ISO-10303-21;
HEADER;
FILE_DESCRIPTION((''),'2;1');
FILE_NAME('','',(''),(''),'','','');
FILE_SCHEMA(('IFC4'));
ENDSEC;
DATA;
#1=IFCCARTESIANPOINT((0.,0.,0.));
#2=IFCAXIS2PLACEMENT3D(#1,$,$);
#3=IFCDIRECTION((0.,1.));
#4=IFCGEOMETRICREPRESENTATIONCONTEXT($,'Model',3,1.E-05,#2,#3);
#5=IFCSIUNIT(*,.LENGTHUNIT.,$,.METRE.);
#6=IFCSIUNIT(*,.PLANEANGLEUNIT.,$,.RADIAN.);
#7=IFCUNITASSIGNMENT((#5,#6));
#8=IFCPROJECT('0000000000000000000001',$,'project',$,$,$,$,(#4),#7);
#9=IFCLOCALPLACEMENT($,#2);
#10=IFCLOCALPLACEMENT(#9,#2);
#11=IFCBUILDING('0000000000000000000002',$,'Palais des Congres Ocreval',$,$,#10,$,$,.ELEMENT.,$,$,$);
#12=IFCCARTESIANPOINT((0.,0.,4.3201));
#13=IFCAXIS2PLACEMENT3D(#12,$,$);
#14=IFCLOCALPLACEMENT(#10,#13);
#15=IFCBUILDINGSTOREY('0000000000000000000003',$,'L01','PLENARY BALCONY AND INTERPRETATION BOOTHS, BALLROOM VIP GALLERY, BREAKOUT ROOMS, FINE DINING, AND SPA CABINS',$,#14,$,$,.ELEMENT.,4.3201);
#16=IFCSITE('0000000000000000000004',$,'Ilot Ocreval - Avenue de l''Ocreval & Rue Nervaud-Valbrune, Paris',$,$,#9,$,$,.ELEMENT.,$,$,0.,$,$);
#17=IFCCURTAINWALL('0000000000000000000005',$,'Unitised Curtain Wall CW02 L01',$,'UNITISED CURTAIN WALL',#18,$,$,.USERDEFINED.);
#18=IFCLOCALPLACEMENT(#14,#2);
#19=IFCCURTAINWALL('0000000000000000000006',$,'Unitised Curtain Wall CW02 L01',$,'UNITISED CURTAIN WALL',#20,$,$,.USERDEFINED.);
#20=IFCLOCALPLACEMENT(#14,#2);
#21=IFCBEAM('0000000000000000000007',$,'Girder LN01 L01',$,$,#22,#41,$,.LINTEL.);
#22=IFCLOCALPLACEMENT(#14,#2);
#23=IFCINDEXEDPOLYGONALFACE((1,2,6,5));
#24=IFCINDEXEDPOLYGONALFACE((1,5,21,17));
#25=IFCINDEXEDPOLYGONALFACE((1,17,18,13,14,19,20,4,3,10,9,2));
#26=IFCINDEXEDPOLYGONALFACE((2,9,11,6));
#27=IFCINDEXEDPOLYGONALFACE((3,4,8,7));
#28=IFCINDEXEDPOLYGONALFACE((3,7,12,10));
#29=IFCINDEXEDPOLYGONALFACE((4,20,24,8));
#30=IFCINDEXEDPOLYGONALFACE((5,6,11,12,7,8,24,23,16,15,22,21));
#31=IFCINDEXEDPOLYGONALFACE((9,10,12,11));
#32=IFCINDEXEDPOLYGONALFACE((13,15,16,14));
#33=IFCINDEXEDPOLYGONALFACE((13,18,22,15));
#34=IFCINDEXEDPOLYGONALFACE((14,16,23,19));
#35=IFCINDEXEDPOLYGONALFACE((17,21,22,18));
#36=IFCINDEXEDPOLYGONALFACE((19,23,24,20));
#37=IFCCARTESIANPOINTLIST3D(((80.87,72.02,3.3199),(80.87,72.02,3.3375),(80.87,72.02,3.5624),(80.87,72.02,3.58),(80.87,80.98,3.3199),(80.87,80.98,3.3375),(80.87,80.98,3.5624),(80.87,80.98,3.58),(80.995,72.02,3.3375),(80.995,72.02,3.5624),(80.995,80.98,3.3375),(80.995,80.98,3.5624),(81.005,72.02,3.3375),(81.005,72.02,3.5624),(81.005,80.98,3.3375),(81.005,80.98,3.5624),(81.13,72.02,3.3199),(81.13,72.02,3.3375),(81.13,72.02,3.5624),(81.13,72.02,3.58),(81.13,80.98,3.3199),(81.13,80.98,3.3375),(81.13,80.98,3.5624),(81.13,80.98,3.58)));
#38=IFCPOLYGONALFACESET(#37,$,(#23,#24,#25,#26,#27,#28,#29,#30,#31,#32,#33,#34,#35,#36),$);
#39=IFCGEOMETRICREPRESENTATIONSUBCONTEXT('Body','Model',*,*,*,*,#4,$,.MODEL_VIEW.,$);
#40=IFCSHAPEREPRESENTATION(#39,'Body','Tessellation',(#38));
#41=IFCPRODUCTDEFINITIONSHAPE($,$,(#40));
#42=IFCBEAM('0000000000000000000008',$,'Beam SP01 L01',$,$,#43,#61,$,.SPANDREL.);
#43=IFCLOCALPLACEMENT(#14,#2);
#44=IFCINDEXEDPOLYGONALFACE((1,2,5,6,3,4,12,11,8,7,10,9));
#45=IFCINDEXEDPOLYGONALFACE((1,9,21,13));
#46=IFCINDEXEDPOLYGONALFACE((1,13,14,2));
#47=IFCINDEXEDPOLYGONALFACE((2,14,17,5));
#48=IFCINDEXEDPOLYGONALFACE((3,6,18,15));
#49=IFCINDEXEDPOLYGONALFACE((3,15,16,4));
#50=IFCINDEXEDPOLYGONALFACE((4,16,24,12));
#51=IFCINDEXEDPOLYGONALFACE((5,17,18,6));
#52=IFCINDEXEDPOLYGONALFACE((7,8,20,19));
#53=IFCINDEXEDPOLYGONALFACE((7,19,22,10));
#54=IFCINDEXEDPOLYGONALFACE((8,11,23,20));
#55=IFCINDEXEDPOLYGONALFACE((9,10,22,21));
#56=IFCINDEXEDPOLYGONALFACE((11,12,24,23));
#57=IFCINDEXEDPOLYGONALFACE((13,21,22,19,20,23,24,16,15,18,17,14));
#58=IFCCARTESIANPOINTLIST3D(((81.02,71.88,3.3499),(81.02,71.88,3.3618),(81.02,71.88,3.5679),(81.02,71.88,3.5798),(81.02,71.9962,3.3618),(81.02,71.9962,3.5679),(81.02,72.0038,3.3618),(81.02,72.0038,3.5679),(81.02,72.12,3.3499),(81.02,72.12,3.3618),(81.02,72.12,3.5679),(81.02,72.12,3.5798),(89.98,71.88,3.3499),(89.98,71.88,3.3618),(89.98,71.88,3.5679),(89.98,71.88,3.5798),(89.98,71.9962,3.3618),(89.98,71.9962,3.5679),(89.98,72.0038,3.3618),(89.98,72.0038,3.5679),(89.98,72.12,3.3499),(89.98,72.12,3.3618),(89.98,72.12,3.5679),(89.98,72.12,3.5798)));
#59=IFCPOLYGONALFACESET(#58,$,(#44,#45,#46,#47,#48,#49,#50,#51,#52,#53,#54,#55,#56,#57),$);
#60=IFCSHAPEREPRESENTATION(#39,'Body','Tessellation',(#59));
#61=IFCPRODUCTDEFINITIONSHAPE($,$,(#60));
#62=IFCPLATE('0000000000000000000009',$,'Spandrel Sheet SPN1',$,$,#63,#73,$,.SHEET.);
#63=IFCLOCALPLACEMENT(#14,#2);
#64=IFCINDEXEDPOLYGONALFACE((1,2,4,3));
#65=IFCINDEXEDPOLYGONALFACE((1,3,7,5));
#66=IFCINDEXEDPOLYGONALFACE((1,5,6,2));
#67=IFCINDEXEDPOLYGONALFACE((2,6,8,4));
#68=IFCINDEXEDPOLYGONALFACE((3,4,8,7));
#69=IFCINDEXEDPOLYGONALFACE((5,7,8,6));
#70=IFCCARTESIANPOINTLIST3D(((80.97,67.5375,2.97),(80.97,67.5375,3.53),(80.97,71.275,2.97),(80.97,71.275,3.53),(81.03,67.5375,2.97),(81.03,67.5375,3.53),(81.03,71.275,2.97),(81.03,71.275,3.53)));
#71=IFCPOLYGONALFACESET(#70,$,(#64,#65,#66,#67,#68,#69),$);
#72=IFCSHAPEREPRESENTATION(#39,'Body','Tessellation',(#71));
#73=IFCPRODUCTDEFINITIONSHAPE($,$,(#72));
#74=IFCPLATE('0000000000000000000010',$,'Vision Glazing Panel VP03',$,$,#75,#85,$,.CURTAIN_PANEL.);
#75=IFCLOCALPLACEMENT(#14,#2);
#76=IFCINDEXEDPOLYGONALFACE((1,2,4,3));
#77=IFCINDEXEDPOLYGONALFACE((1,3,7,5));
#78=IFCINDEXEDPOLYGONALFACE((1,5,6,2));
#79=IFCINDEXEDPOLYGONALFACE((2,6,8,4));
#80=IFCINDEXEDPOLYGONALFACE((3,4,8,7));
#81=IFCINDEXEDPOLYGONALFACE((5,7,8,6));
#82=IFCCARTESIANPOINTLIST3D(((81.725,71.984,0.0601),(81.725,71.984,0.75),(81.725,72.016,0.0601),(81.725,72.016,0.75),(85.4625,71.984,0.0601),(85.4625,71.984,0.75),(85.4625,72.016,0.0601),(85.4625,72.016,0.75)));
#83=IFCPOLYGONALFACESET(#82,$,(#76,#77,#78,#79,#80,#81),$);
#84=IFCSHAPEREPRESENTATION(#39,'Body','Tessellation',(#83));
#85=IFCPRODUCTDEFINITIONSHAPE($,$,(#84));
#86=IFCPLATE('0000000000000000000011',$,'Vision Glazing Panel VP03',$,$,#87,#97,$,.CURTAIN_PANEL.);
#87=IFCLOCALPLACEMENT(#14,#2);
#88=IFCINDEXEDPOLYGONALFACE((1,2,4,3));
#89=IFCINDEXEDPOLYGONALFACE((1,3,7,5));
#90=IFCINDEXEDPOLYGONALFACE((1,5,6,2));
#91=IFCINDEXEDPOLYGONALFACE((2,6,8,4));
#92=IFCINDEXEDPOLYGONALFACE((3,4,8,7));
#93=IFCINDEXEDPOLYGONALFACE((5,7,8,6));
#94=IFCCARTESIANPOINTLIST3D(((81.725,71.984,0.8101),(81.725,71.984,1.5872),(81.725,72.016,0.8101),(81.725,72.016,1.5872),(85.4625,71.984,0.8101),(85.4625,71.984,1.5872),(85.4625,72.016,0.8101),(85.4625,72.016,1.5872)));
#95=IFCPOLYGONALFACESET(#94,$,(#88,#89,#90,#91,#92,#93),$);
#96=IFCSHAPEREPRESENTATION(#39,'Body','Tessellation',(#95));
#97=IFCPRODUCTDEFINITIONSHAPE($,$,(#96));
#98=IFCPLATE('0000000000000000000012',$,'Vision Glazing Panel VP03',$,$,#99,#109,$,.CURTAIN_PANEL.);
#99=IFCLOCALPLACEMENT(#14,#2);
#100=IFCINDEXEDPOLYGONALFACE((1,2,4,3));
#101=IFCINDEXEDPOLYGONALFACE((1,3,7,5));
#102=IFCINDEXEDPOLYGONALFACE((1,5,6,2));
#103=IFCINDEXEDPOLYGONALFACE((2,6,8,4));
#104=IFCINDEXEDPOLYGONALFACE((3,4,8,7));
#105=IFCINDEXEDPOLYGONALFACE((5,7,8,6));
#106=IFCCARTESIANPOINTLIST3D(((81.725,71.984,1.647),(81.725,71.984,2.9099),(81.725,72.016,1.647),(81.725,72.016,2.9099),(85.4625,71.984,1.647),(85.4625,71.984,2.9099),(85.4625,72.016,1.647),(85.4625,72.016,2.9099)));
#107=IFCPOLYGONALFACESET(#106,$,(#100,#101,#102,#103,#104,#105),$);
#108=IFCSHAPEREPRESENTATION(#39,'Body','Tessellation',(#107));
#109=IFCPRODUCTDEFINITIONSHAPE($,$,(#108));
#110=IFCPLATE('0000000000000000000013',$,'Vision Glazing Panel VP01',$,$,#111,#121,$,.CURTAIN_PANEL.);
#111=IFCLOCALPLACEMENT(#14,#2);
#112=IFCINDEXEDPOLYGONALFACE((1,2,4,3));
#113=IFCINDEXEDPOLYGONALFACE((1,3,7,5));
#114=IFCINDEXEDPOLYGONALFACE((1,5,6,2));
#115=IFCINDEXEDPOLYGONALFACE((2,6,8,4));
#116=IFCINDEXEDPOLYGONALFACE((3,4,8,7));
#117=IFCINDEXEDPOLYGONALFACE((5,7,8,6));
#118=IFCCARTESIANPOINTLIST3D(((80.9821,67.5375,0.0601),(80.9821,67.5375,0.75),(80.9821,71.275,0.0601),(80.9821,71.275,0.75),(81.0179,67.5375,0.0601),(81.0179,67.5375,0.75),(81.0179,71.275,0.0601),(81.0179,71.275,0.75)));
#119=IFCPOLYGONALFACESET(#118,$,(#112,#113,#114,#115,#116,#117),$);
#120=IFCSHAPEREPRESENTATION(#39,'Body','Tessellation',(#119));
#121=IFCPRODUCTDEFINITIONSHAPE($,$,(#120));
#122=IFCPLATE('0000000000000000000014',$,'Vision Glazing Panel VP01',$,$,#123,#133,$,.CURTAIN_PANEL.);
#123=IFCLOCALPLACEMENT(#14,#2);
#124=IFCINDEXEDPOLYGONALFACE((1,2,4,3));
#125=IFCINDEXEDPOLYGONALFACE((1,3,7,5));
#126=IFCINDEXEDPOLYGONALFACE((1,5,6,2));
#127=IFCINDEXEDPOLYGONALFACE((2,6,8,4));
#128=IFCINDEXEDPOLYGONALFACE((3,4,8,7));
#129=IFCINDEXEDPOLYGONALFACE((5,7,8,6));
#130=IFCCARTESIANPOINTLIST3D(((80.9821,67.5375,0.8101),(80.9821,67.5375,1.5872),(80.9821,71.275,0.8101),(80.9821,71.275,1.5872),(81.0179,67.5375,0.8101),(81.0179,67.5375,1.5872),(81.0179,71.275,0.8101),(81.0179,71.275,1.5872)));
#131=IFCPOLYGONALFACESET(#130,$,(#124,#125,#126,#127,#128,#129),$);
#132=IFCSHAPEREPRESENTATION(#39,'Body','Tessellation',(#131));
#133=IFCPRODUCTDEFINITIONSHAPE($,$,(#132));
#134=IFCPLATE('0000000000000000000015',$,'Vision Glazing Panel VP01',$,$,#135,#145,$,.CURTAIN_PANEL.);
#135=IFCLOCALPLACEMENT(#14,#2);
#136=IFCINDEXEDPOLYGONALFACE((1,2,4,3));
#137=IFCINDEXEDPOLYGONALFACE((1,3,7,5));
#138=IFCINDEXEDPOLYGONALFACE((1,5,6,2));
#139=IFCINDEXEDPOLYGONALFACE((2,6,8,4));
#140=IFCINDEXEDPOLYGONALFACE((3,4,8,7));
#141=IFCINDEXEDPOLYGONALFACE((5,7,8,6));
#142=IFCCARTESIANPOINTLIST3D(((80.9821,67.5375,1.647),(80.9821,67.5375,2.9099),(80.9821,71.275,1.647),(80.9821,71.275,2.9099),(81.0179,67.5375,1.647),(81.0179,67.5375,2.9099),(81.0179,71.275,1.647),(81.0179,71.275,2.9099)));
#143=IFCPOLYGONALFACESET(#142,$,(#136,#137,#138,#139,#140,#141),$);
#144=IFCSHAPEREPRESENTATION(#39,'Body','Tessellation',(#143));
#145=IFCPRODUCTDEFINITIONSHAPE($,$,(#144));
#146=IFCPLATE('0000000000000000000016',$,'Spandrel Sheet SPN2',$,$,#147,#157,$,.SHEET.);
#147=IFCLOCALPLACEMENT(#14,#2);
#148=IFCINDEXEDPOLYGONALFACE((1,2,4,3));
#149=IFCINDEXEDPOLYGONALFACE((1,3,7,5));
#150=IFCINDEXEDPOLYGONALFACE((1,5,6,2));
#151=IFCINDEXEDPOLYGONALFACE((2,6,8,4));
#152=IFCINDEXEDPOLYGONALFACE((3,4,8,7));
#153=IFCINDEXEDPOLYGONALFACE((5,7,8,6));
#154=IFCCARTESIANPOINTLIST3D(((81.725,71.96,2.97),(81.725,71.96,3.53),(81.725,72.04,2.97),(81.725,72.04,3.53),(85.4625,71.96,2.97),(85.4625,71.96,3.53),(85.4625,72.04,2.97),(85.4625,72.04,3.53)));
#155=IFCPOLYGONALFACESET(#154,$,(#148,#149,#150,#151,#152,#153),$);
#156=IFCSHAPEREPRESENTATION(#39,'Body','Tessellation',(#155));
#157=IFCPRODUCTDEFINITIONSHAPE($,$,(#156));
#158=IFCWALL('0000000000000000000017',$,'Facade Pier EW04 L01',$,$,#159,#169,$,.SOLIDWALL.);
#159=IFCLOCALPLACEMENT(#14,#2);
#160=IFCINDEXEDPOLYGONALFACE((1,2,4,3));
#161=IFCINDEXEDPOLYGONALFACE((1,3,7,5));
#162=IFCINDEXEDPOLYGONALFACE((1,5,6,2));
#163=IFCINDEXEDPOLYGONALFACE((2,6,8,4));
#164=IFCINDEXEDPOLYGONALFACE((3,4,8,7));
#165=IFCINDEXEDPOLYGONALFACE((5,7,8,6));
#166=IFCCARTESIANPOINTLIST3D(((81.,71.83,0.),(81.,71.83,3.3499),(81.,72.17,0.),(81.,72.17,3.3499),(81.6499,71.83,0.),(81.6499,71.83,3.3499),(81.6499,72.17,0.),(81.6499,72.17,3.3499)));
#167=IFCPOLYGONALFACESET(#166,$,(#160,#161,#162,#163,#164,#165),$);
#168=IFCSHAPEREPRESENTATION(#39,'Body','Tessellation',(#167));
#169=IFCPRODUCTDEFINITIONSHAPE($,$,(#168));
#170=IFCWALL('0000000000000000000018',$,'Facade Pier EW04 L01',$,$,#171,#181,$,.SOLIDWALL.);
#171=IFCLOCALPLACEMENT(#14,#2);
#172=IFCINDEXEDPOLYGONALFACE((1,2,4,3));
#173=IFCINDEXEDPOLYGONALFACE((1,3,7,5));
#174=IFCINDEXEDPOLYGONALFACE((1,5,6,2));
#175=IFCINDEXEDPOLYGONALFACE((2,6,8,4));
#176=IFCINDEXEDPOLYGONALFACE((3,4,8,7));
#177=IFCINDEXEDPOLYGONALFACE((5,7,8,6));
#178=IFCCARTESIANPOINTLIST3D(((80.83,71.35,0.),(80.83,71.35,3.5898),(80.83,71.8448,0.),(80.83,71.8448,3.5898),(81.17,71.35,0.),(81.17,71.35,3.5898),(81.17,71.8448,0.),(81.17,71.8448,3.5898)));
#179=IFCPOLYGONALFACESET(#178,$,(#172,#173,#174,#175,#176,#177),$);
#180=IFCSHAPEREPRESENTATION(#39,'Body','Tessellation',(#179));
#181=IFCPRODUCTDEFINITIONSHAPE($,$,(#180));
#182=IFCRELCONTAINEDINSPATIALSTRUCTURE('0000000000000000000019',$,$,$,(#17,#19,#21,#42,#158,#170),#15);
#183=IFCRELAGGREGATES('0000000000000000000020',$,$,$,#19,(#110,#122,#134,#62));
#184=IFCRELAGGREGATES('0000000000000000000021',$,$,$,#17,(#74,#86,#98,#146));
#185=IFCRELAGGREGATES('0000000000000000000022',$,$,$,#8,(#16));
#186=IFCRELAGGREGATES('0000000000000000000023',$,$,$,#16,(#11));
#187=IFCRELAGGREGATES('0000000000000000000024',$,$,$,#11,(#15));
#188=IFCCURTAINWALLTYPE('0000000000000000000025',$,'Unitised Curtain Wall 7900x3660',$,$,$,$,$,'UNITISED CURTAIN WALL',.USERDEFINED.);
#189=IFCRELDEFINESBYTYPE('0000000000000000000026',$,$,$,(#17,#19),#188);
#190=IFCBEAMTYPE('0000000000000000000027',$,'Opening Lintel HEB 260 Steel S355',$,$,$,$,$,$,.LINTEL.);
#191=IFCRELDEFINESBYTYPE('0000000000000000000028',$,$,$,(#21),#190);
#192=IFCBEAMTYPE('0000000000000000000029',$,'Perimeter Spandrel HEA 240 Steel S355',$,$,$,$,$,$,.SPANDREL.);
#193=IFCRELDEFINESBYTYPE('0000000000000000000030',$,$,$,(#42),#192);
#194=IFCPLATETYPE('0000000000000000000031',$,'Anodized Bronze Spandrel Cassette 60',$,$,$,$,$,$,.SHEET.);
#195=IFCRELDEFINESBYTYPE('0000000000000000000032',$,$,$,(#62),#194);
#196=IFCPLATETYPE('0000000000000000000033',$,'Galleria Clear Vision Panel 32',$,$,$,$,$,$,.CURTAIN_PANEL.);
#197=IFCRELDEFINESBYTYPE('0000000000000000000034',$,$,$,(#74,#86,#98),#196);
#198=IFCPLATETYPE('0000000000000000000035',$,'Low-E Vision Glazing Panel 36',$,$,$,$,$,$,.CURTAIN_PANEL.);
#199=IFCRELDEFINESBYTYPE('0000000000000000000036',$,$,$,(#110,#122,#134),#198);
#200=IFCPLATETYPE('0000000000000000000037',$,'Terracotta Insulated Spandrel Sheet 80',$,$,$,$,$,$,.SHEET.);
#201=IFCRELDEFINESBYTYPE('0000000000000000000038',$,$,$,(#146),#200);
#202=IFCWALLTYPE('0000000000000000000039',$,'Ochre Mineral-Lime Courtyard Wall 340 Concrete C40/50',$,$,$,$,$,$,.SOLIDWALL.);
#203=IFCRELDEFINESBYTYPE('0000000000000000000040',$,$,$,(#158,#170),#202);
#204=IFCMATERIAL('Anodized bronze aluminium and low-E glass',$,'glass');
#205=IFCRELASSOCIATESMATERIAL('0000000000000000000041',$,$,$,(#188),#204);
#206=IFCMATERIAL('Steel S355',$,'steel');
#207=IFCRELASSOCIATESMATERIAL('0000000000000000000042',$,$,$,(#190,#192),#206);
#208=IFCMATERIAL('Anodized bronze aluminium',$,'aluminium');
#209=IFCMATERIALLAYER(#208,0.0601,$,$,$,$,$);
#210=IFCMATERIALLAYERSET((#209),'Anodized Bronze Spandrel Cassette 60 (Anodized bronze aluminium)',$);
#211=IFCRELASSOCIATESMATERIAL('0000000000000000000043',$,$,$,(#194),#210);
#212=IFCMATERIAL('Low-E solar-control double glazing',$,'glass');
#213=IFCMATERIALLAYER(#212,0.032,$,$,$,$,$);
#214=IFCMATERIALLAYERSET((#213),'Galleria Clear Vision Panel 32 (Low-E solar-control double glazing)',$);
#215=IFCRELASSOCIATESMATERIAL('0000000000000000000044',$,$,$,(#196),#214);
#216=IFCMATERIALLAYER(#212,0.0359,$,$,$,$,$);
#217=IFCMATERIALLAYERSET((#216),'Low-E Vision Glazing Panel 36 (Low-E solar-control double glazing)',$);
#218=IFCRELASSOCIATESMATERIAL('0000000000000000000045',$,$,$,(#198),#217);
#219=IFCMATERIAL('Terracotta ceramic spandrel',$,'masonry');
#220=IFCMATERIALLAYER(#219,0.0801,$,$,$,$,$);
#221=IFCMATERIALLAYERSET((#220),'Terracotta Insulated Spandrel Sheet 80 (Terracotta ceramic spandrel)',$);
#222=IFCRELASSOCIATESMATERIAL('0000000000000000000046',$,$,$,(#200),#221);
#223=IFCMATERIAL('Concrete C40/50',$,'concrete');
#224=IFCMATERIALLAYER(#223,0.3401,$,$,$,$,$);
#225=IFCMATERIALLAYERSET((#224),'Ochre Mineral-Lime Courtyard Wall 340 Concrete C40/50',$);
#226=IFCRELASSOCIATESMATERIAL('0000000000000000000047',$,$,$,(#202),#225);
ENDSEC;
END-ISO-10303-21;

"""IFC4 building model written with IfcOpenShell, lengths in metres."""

from ifc_helpers import new_model, si_unit, direction, frame, frame_2d, origin, origin_2d, place, context, subcontext, project, spatial, rectangle, i_section, extrude, material, layer, layer_set, material_profile, profile_set, type_object, element, aggregate, save


model = new_model("IFC4")

# Units and contexts
model_context = context("Model", 3, precision=1e-05, world=origin(), true_north=direction((0.0, 1.0)))
body_context = subcontext(model_context, "Body", "Model", "MODEL_VIEW")
ifc_project = project(units=[si_unit("LENGTHUNIT", "METRE"), si_unit("PLANEANGLEUNIT", "RADIAN")], contexts=[model_context])

# Site, building, storey
site_placement = place(None, origin())
site = spatial("IfcSite", under=ifc_project, at=site_placement, Name="Ilot Ocreval - Avenue de l'Ocreval & Rue Nervaud-Valbrune, Paris", CompositionType="ELEMENT", RefElevation=0.0)
building_placement = place(site_placement, origin())
building = spatial("IfcBuilding", under=site, at=building_placement, Name="Palais des Congres Ocreval", CompositionType="ELEMENT")
storey_placement = place(building_placement, frame((0.0, 0.0, 4.3201)))
storey = spatial("IfcBuildingStorey", under=building, at=storey_placement, Name="L01", Description="PLENARY BALCONY AND INTERPRETATION BOOTHS, BALLROOM VIP GALLERY, BREAKOUT ROOMS, FINE DINING, AND SPA CABINS", CompositionType="ELEMENT", Elevation=4.3201)

# Shared definitions
ifc_material_1 = material(Name="Steel S355", Category="steel")

# Curtain wall
ifc_material_2 = material(Name="Anodized bronze aluminium and low-E glass", Category="glass")
curtain_wall_type = type_object("IfcCurtainWallType", Name="Unitised Curtain Wall 7900x3660", ElementType="UNITISED CURTAIN WALL", PredefinedType="USERDEFINED", material=ifc_material_2)
curtain_wall_1_placement = place(storey_placement, origin())
curtain_wall_1 = element("IfcCurtainWall", 1, at=curtain_wall_1_placement, inside=storey, type_object=curtain_wall_type, Name="Unitised Curtain Wall CW02 L01", ObjectType="UNITISED CURTAIN WALL", PredefinedType="USERDEFINED")
ifc_material_3 = material(Name="Anodized bronze aluminium", Category="aluminium")

# Curtain wall
curtain_wall_2_placement = place(storey_placement, origin())
curtain_wall_2 = element("IfcCurtainWall", 2, at=curtain_wall_2_placement, inside=storey, type_object=curtain_wall_type, Name="Unitised Curtain Wall CW02 L01", ObjectType="UNITISED CURTAIN WALL", PredefinedType="USERDEFINED")

# Beams
ifc_material_profile_1 = material_profile(ifc_material_1, i_section(OverallWidth=0.26, OverallDepth=0.26, WebThickness=0.01, FlangeThickness=0.0176, at=origin_2d()), Name="HEB 260")
ifc_profile_set_1 = profile_set([ifc_material_profile_1], Name="Steel S355")
beam_type_1 = type_object("IfcBeamType", Name="Opening Lintel HEB 260 Steel S355", PredefinedType="LINTEL", material=ifc_profile_set_1)
beam_1_placement = place(storey_placement, frame((81.0, 72.02, 3.45), z_axis=(0.0, 1.0, 0.0), x_axis=(-1.0, 0.0, 0.0)))
element("IfcBeam", 3, at=beam_1_placement, inside=storey, type_object=beam_type_1, Name="Girder LN01 L01", PredefinedType="LINTEL", context=body_context, shape_type="SweptSolid", body=[
    extrude(i_section(OverallWidth=0.26, OverallDepth=0.26, WebThickness=0.01, FlangeThickness=0.0176, at=origin_2d()), origin(), (0.0, 0.0, 1.0), 8.96),
])
ifc_material_profile_2 = material_profile(ifc_material_1, i_section(OverallWidth=0.24, OverallDepth=0.23, WebThickness=0.0076, FlangeThickness=0.012, at=origin_2d()), Name="HEA 240")
ifc_profile_set_2 = profile_set([ifc_material_profile_2], Name="Steel S355")
beam_type_2 = type_object("IfcBeamType", Name="Perimeter Spandrel HEA 240 Steel S355", PredefinedType="SPANDREL", material=ifc_profile_set_2)
beam_2_placement = place(storey_placement, frame((81.02, 72.0, 3.4648), z_axis=(1.0, 0.0, 0.0), x_axis=(0.0, 1.0, 0.0)))
element("IfcBeam", 4, at=beam_2_placement, inside=storey, type_object=beam_type_2, Name="Beam SP01 L01", PredefinedType="SPANDREL", context=body_context, shape_type="SweptSolid", body=[
    extrude(i_section(OverallWidth=0.24, OverallDepth=0.23, WebThickness=0.0076, FlangeThickness=0.012, at=origin_2d()), origin(), (0.0, 0.0, 1.0), 8.96),
])

# Plates
ifc_layer_1 = layer(ifc_material_3, 0.0601)
ifc_layer_set_1 = layer_set([ifc_layer_1], Name="Anodized Bronze Spandrel Cassette 60 (Anodized bronze aluminium)")
plate_type_1 = type_object("IfcPlateType", Name="Anodized Bronze Spandrel Cassette 60", PredefinedType="SHEET", material=ifc_layer_set_1)
plate_1_placement = place(storey_placement, frame((81.0, 69.4062, 2.97), z_axis=(0.0, 0.0, 1.0), x_axis=(0.0, -1.0, 0.0)))
plate_1 = element("IfcPlate", 5, at=plate_1_placement, type_object=plate_type_1, Name="Spandrel Sheet SPN1", PredefinedType="SHEET", context=body_context, shape_type="SweptSolid", body=[
    extrude(rectangle(XDim=3.7375, YDim=0.0601, at=origin_2d()), origin(), (0.0, 0.0, 1.0), 0.5601),
])
ifc_material_4 = material(Name="Low-E solar-control double glazing", Category="glass")
ifc_layer_2 = layer(ifc_material_4, 0.032)
ifc_layer_set_2 = layer_set([ifc_layer_2], Name="Galleria Clear Vision Panel 32 (Low-E solar-control double glazing)")
plate_type_2 = type_object("IfcPlateType", Name="Galleria Clear Vision Panel 32", PredefinedType="CURTAIN_PANEL", material=ifc_layer_set_2)
plate_2_placement = place(storey_placement, frame((83.5938, 72.0, 0.0601), z_axis=(0.0, 0.0, 1.0), x_axis=(-1.0, 0.0, 0.0)))
plate_2 = element("IfcPlate", 6, at=plate_2_placement, type_object=plate_type_2, Name="Vision Glazing Panel VP03", PredefinedType="CURTAIN_PANEL", context=body_context, shape_type="SweptSolid", body=[
    extrude(rectangle(XDim=3.7375, YDim=0.032, at=origin_2d()), origin(), (0.0, 0.0, 1.0), 0.6899),
])
plate_3_placement = place(storey_placement, frame((83.5938, 72.0, 0.8101), z_axis=(0.0, 0.0, 1.0), x_axis=(-1.0, 0.0, 0.0)))
plate_3 = element("IfcPlate", 7, at=plate_3_placement, type_object=plate_type_2, Name="Vision Glazing Panel VP03", PredefinedType="CURTAIN_PANEL", context=body_context, shape_type="SweptSolid", body=[
    extrude(rectangle(XDim=3.7375, YDim=0.032, at=origin_2d()), origin(), (0.0, 0.0, 1.0), 0.7771),
])
plate_4_placement = place(storey_placement, frame((83.5938, 72.0, 1.647), z_axis=(0.0, 0.0, 1.0), x_axis=(-1.0, 0.0, 0.0)))
plate_4 = element("IfcPlate", 8, at=plate_4_placement, type_object=plate_type_2, Name="Vision Glazing Panel VP03", PredefinedType="CURTAIN_PANEL", context=body_context, shape_type="SweptSolid", body=[
    extrude(rectangle(XDim=3.7375, YDim=0.032, at=origin_2d()), origin(), (0.0, 0.0, 1.0), 1.2629),
])
ifc_layer_3 = layer(ifc_material_4, 0.0359)
ifc_layer_set_3 = layer_set([ifc_layer_3], Name="Low-E Vision Glazing Panel 36 (Low-E solar-control double glazing)")
plate_type_3 = type_object("IfcPlateType", Name="Low-E Vision Glazing Panel 36", PredefinedType="CURTAIN_PANEL", material=ifc_layer_set_3)
plate_5_placement = place(storey_placement, frame((81.0, 69.4062, 0.0601), z_axis=(0.0, 0.0, 1.0), x_axis=(0.0, -1.0, 0.0)))
plate_5 = element("IfcPlate", 9, at=plate_5_placement, type_object=plate_type_3, Name="Vision Glazing Panel VP01", PredefinedType="CURTAIN_PANEL", context=body_context, shape_type="SweptSolid", body=[
    extrude(rectangle(XDim=3.7375, YDim=0.0359, at=origin_2d()), origin(), (0.0, 0.0, 1.0), 0.6899),
])
plate_6_placement = place(storey_placement, frame((81.0, 69.4062, 0.8101), z_axis=(0.0, 0.0, 1.0), x_axis=(0.0, -1.0, 0.0)))
plate_6 = element("IfcPlate", 10, at=plate_6_placement, type_object=plate_type_3, Name="Vision Glazing Panel VP01", PredefinedType="CURTAIN_PANEL", context=body_context, shape_type="SweptSolid", body=[
    extrude(rectangle(XDim=3.7375, YDim=0.0359, at=origin_2d()), origin(), (0.0, 0.0, 1.0), 0.7771),
])
plate_7_placement = place(storey_placement, frame((81.0, 69.4062, 1.647), z_axis=(0.0, 0.0, 1.0), x_axis=(0.0, -1.0, 0.0)))
plate_7 = element("IfcPlate", 11, at=plate_7_placement, type_object=plate_type_3, Name="Vision Glazing Panel VP01", PredefinedType="CURTAIN_PANEL", context=body_context, shape_type="SweptSolid", body=[
    extrude(rectangle(XDim=3.7375, YDim=0.0359, at=origin_2d()), origin(), (0.0, 0.0, 1.0), 1.2629),
])
aggregate(curtain_wall_2, [plate_5, plate_6, plate_7, plate_1])
ifc_material_5 = material(Name="Terracotta ceramic spandrel", Category="masonry")
ifc_layer_4 = layer(ifc_material_5, 0.0801)
ifc_layer_set_4 = layer_set([ifc_layer_4], Name="Terracotta Insulated Spandrel Sheet 80 (Terracotta ceramic spandrel)")
plate_type_4 = type_object("IfcPlateType", Name="Terracotta Insulated Spandrel Sheet 80", PredefinedType="SHEET", material=ifc_layer_set_4)
plate_8_placement = place(storey_placement, frame((83.5938, 72.0, 2.97), z_axis=(0.0, 0.0, 1.0), x_axis=(-1.0, 0.0, 0.0)))
plate_8 = element("IfcPlate", 12, at=plate_8_placement, type_object=plate_type_4, Name="Spandrel Sheet SPN2", PredefinedType="SHEET", context=body_context, shape_type="SweptSolid", body=[
    extrude(rectangle(XDim=3.7375, YDim=0.0801, at=origin_2d()), origin(), (0.0, 0.0, 1.0), 0.5601),
])
aggregate(curtain_wall_1, [plate_2, plate_3, plate_4, plate_8])

# Walls
ifc_material_6 = material(Name="Concrete C40/50", Category="concrete")
ifc_layer_5 = layer(ifc_material_6, 0.3401)
ifc_layer_set_5 = layer_set([ifc_layer_5], Name="Ochre Mineral-Lime Courtyard Wall 340 Concrete C40/50")
wall_type = type_object("IfcWallType", Name="Ochre Mineral-Lime Courtyard Wall 340 Concrete C40/50", PredefinedType="SOLIDWALL", material=ifc_layer_set_5)
wall_1_placement = place(storey_placement, frame((81.6499, 72.0, 0.0), z_axis=(0.0, 0.0, 1.0), x_axis=(-1.0, 0.0, 0.0)))
element("IfcWall", 13, at=wall_1_placement, inside=storey, type_object=wall_type, Name="Facade Pier EW04 L01", PredefinedType="SOLIDWALL", context=body_context, shape_type="SweptSolid", body=[
    extrude(rectangle(XDim=0.6499, YDim=0.3401, at=frame_2d((0.325, 0.0))), origin(), (0.0, 0.0, 1.0), 3.3499),
])
wall_2_placement = place(storey_placement, frame((81.0, 71.845, 0.0), z_axis=(0.0, 0.0, 1.0), x_axis=(0.0, -1.0, 0.0)))
element("IfcWall", 14, at=wall_2_placement, inside=storey, type_object=wall_type, Name="Facade Pier EW04 L01", PredefinedType="SOLIDWALL", context=body_context, shape_type="SweptSolid", body=[
    extrude(rectangle(XDim=0.4949, YDim=0.3401, at=frame_2d((0.2476, 0.0))), origin(), (0.0, 0.0, 1.0), 3.5898),
])

save(model, "model.ifc")
